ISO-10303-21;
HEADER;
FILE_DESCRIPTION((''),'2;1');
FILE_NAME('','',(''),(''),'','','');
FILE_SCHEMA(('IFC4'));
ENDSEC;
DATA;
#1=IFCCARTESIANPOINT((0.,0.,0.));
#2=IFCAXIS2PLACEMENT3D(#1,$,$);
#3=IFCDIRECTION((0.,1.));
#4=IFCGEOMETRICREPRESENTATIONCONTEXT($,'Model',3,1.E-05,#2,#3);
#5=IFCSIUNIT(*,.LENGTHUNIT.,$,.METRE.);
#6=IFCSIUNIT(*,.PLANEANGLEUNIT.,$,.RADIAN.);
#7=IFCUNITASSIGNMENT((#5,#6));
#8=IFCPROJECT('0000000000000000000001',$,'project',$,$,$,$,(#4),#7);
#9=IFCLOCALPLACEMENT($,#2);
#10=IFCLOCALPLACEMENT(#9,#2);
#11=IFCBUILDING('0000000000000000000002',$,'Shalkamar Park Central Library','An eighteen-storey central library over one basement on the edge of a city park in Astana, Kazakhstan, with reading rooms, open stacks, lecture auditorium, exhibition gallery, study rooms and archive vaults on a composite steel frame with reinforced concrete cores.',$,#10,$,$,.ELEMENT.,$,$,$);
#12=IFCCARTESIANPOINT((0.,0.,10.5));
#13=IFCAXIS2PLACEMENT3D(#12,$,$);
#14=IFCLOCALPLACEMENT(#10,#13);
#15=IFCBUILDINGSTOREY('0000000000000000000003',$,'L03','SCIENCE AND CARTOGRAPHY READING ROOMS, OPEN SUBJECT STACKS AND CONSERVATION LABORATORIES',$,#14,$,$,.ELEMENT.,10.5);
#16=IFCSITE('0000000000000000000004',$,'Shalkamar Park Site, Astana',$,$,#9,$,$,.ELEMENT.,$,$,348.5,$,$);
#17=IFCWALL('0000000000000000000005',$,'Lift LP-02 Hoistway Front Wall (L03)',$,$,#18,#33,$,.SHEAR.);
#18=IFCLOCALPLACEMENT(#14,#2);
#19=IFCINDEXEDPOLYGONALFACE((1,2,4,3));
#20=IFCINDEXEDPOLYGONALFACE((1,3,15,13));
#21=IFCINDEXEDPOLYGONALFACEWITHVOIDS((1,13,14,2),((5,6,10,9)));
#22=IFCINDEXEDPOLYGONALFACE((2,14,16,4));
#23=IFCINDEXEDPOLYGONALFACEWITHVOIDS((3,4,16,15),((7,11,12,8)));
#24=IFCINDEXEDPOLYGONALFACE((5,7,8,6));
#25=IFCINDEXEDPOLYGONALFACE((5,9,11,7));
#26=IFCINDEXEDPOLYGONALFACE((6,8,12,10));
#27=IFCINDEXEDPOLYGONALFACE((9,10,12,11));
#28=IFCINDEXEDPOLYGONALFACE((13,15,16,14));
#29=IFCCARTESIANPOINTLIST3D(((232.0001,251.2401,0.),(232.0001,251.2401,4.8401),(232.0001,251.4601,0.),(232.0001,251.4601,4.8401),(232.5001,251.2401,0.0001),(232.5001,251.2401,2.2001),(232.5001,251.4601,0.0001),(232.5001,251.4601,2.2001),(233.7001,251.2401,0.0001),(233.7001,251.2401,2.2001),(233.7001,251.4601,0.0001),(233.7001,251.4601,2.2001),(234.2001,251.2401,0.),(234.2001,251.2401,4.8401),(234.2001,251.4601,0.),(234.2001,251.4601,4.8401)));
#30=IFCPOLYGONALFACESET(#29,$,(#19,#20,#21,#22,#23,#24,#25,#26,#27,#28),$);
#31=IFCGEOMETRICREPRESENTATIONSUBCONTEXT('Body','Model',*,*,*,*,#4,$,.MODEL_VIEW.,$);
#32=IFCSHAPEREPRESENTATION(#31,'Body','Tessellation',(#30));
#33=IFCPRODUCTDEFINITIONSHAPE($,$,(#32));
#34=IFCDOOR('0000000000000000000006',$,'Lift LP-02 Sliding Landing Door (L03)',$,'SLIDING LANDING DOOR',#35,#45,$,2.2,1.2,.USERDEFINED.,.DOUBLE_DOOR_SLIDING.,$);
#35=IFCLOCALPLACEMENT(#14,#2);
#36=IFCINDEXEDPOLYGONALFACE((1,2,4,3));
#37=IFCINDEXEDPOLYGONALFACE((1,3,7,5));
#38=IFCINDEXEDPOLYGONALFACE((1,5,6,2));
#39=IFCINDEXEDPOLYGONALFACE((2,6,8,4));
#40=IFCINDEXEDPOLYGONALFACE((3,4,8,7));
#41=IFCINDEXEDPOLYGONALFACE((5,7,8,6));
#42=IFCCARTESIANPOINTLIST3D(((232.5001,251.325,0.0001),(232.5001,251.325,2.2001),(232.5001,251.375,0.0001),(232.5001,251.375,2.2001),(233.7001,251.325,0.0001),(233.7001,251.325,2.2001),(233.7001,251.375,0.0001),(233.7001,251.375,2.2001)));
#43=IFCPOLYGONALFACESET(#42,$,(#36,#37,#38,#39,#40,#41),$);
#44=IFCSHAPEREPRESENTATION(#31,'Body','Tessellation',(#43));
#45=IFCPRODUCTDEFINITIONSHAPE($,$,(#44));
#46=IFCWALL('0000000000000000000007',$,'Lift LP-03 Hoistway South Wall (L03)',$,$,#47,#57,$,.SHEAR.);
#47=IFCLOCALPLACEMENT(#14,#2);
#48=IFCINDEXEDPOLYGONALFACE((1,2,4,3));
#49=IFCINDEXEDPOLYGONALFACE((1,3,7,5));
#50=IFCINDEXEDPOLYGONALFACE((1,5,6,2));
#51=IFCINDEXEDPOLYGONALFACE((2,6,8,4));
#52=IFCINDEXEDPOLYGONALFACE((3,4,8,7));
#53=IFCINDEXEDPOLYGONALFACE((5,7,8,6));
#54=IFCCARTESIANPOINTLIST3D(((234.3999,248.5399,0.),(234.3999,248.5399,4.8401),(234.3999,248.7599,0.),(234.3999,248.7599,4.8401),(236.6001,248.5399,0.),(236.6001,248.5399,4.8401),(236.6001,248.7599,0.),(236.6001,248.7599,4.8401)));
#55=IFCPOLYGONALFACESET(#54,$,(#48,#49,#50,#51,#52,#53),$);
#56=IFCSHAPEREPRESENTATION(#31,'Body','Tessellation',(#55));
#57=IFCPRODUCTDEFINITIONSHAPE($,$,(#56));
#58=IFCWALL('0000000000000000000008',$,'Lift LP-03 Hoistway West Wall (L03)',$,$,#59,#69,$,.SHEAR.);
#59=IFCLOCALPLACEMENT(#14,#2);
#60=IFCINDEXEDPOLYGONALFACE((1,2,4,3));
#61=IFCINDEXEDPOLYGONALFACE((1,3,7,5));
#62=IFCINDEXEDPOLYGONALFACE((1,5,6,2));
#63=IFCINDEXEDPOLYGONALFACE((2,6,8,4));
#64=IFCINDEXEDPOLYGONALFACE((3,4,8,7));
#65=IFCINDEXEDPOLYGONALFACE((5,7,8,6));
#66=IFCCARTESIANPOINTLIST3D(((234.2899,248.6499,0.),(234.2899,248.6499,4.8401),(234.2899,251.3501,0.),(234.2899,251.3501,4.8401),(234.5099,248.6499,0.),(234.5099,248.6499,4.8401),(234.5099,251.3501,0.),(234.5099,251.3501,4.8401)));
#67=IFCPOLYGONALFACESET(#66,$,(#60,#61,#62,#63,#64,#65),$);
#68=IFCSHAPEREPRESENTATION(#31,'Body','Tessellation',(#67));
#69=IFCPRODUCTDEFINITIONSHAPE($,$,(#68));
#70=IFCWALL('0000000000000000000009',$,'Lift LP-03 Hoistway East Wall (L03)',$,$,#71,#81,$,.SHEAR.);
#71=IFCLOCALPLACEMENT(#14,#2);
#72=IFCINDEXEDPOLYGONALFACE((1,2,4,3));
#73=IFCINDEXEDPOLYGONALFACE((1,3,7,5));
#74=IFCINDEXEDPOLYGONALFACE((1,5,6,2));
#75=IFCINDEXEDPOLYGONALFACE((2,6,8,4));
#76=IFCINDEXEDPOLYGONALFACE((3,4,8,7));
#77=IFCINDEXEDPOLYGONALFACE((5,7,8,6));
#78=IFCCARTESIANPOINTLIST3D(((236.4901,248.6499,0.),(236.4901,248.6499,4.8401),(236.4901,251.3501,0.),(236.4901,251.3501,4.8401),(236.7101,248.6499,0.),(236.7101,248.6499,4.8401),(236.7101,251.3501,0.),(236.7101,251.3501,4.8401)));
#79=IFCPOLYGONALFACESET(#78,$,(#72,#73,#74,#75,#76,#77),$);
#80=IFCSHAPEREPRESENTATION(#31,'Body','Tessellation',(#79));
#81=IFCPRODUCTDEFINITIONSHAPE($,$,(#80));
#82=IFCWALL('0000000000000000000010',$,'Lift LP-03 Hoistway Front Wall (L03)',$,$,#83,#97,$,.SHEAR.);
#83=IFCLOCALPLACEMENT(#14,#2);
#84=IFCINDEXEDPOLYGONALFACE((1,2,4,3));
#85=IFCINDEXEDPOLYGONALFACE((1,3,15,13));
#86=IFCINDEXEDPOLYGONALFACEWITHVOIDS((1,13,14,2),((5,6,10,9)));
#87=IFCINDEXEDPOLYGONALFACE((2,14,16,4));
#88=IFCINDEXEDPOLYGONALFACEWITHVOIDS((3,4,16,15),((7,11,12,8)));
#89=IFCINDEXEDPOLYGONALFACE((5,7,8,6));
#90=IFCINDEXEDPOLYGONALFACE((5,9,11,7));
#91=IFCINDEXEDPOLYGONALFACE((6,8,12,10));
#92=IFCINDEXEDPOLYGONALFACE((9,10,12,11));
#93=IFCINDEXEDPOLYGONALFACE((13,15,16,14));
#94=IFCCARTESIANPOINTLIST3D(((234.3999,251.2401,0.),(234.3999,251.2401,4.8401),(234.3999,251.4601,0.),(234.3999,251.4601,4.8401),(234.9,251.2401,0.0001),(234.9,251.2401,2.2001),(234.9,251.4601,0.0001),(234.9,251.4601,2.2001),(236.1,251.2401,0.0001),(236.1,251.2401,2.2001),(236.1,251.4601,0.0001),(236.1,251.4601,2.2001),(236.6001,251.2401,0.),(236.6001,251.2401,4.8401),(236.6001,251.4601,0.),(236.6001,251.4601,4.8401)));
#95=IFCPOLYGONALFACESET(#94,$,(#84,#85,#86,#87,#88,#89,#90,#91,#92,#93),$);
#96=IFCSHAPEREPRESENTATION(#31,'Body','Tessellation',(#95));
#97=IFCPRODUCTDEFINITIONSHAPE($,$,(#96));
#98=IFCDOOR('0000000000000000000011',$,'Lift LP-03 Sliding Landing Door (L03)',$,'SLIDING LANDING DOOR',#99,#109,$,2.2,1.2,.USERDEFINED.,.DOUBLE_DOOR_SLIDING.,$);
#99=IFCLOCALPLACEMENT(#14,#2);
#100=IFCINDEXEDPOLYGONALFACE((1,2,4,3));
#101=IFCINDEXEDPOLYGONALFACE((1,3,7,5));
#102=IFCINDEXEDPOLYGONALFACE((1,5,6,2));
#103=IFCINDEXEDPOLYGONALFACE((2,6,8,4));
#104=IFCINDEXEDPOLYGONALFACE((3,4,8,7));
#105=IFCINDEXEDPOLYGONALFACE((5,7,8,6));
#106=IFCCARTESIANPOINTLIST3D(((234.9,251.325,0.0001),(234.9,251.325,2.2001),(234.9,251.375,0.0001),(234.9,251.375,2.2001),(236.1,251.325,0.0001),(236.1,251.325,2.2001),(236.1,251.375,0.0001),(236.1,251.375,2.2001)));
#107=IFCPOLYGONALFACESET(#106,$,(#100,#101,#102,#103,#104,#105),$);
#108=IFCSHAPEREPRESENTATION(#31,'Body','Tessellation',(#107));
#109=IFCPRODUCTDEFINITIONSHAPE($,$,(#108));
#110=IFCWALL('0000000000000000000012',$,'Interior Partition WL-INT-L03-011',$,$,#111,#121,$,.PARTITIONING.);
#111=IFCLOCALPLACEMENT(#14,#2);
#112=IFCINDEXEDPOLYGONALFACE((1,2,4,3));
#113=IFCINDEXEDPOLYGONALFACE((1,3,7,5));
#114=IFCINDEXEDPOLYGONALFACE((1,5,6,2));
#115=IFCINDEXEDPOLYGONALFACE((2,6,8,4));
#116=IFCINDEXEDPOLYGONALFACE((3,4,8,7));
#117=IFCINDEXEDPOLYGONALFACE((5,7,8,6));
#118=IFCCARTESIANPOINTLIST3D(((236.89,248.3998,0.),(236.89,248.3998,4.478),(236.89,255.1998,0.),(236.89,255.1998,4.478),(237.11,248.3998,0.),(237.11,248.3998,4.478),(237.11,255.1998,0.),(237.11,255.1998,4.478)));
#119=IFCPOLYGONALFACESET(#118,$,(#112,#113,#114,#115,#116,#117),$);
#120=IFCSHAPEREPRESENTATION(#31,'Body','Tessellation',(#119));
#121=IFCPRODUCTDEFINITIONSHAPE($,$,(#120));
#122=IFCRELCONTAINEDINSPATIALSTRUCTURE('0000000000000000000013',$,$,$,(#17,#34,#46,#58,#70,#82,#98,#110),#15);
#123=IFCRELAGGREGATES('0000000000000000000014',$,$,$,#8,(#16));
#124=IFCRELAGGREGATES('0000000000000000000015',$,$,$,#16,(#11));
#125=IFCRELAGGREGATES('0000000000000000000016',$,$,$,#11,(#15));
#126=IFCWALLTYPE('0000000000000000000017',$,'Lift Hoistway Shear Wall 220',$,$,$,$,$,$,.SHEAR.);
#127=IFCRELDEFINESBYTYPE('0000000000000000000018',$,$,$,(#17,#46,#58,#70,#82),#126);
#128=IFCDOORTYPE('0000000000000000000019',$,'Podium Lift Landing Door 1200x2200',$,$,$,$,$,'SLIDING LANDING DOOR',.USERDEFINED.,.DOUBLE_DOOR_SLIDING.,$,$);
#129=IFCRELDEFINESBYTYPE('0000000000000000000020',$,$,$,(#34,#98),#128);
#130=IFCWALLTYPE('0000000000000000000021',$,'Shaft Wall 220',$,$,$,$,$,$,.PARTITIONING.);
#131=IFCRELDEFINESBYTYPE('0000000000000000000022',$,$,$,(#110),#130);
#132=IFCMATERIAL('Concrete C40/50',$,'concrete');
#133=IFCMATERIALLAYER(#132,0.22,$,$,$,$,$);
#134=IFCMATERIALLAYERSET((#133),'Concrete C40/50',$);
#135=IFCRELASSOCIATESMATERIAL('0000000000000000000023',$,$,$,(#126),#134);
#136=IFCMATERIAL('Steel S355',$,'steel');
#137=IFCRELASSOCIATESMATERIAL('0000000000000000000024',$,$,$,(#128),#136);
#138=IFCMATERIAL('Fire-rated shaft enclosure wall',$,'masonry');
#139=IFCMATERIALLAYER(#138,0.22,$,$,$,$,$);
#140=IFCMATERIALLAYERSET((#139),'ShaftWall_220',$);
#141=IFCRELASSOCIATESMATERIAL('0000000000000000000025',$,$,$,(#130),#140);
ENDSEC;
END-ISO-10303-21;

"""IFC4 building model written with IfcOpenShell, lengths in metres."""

from ifc_helpers import new_model, si_unit, direction, frame, frame_2d, origin, place, context, subcontext, project, spatial, rectangle, extrude, material, layer, layer_set, type_object, element, fill, save


model = new_model("IFC4")

# Units and contexts
model_context = context("Model", 3, precision=1e-05, world=origin(), true_north=direction((0.0, 1.0)))
body_context = subcontext(model_context, "Body", "Model", "MODEL_VIEW")
ifc_project = project(units=[si_unit("LENGTHUNIT", "METRE"), si_unit("PLANEANGLEUNIT", "RADIAN")], contexts=[model_context])

# Site, building, storey
site_placement = place(None, origin())
site = spatial("IfcSite", under=ifc_project, at=site_placement, Name="Shalkamar Park Site, Astana", CompositionType="ELEMENT", RefElevation=348.5)
building_placement = place(site_placement, origin())
building = spatial("IfcBuilding", under=site, at=building_placement, Name="Shalkamar Park Central Library", Description="An eighteen-storey central library over one basement on the edge of a city park in Astana, Kazakhstan, with reading rooms, open stacks, lecture auditorium, exhibition gallery, study rooms and archive vaults on a composite steel frame with reinforced concrete cores.", CompositionType="ELEMENT")
storey_placement = place(building_placement, frame((0.0, 0.0, 10.5)))
storey = spatial("IfcBuildingStorey", under=building, at=storey_placement, Name="L03", Description="SCIENCE AND CARTOGRAPHY READING ROOMS, OPEN SUBJECT STACKS AND CONSERVATION LABORATORIES", CompositionType="ELEMENT", Elevation=10.5)

# Shared definitions
ifc_material_1 = material(Name="Steel S355", Category="steel")

# Shared definitions
ifc_material_2 = material(Name="Concrete C40/50", Category="concrete")
ifc_layer_1 = layer(ifc_material_2, 0.22)
ifc_layer_set_1 = layer_set([ifc_layer_1], Name="Concrete C40/50")
wall_type_1 = type_object("IfcWallType", Name="Lift Hoistway Shear Wall 220", PredefinedType="SHEAR", material=ifc_layer_set_1)

# Shared definitions
door_type_1 = type_object("IfcDoorType", Name="Podium Lift Landing Door 1200x2200", ElementType="SLIDING LANDING DOOR", OperationType="DOUBLE_DOOR_SLIDING", PredefinedType="USERDEFINED", material=ifc_material_1)

# Wall, opening, door
wall_1_placement = place(storey_placement, frame((232.0, 251.3501, 0.0), z_axis=(0.0, 0.0, 1.0), x_axis=(1.0, 0.0, 0.0)))
wall_1 = element("IfcWall", 1, at=wall_1_placement, inside=storey, type_object=wall_type_1, Name="Lift LP-02 Hoistway Front Wall (L03)", PredefinedType="SHEAR", context=body_context, shape_type="SweptSolid", body=[
    extrude(rectangle(XDim=2.2, YDim=0.22, at=frame_2d((1.1001, 0.0))), origin(), (0.0, 0.0, 1.0), 4.8401),
])
opening_1_placement = place(wall_1_placement, frame((0.5, 0.0, 0.0)))
opening_1 = element("IfcOpeningElement", 2, at=opening_1_placement, cuts=wall_1, PredefinedType="OPENING", context=body_context, shape_type="SweptSolid", body=[
    extrude(rectangle(XDim=1.2, YDim=2.2, at=frame_2d((0.6001, 1.1001))), frame((0.0, 0.125, 0.0), z_axis=(0.0, -1.0, 0.0), x_axis=(1.0, 0.0, 0.0)), (0.0, 0.0, 1.0), 0.2498),
])
door_1_placement = place(opening_1_placement, origin())
door_1 = element("IfcDoor", 3, at=door_1_placement, inside=storey, type_object=door_type_1, Name="Lift LP-02 Sliding Landing Door (L03)", ObjectType="SLIDING LANDING DOOR", OperationType="DOUBLE_DOOR_SLIDING", OverallHeight=2.2, OverallWidth=1.2, PredefinedType="USERDEFINED", context=body_context, shape_type="SweptSolid", body=[
    extrude(rectangle(XDim=1.2, YDim=2.2, at=frame_2d((0.6001, 1.1001))), frame((0.0, 0.0249, 0.0), z_axis=(0.0, -1.0, 0.0), x_axis=(1.0, 0.0, 0.0)), (0.0, 0.0, 1.0), 0.05),
])
fill(opening_1, door_1)

# Walls
wall_2_placement = place(storey_placement, frame((234.3999, 248.6499, 0.0), z_axis=(0.0, 0.0, 1.0), x_axis=(1.0, 0.0, 0.0)))
element("IfcWall", 4, at=wall_2_placement, inside=storey, type_object=wall_type_1, Name="Lift LP-03 Hoistway South Wall (L03)", PredefinedType="SHEAR", context=body_context, shape_type="SweptSolid", body=[
    extrude(rectangle(XDim=2.2002, YDim=0.22, at=frame_2d((1.1001, 0.0))), origin(), (0.0, 0.0, 1.0), 4.8401),
])
for number, where, z_axis, x_axis, name in (
    (5, (234.3999, 248.6499, 0.0), (0.0, 0.0, 1.0), (0.0, 1.0, 0.0), "Lift LP-03 Hoistway West Wall (L03)"),
    (6, (236.6001, 248.6499, 0.0), (0.0, 0.0, 1.0), (0.0, 1.0, 0.0), "Lift LP-03 Hoistway East Wall (L03)"),
):
    element("IfcWall", number, at=place(storey_placement, frame(where, z_axis=z_axis, x_axis=x_axis)), inside=storey, type_object=wall_type_1, Name=name, PredefinedType="SHEAR", context=body_context, shape_type="SweptSolid", body=[
        extrude(rectangle(XDim=2.7002, YDim=0.22, at=frame_2d((1.3501, 0.0))), origin(), (0.0, 0.0, 1.0), 4.8401),
    ])

# Wall, opening, door
wall_3_placement = place(storey_placement, frame((234.3999, 251.3501, 0.0), z_axis=(0.0, 0.0, 1.0), x_axis=(1.0, 0.0, 0.0)))
wall_3 = element("IfcWall", 7, at=wall_3_placement, inside=storey, type_object=wall_type_1, Name="Lift LP-03 Hoistway Front Wall (L03)", PredefinedType="SHEAR", context=body_context, shape_type="SweptSolid", body=[
    extrude(rectangle(XDim=2.2002, YDim=0.22, at=frame_2d((1.1001, 0.0))), origin(), (0.0, 0.0, 1.0), 4.8401),
])
opening_2_placement = place(wall_3_placement, frame((0.5, 0.0, 0.0)))
opening_2 = element("IfcOpeningElement", 8, at=opening_2_placement, cuts=wall_3, PredefinedType="OPENING", context=body_context, shape_type="SweptSolid", body=[
    extrude(rectangle(XDim=1.2, YDim=2.2, at=frame_2d((0.6001, 1.1001))), frame((0.0, 0.125, 0.0), z_axis=(0.0, -1.0, 0.0), x_axis=(1.0, 0.0, 0.0)), (0.0, 0.0, 1.0), 0.2498),
])
door_2_placement = place(opening_2_placement, origin())
door_2 = element("IfcDoor", 9, at=door_2_placement, inside=storey, type_object=door_type_1, Name="Lift LP-03 Sliding Landing Door (L03)", ObjectType="SLIDING LANDING DOOR", OperationType="DOUBLE_DOOR_SLIDING", OverallHeight=2.2, OverallWidth=1.2, PredefinedType="USERDEFINED", context=body_context, shape_type="SweptSolid", body=[
    extrude(rectangle(XDim=1.2, YDim=2.2, at=frame_2d((0.6001, 1.1001))), frame((0.0, 0.0249, 0.0), z_axis=(0.0, -1.0, 0.0), x_axis=(1.0, 0.0, 0.0)), (0.0, 0.0, 1.0), 0.05),
])
fill(opening_2, door_2)

# Wall
ifc_material_3 = material(Name="Fire-rated shaft enclosure wall", Category="masonry")
ifc_layer_2 = layer(ifc_material_3, 0.22)
ifc_layer_set_2 = layer_set([ifc_layer_2], Name="ShaftWall_220")
wall_type_2 = type_object("IfcWallType", Name="Shaft Wall 220", PredefinedType="PARTITIONING", material=ifc_layer_set_2)
wall_4_placement = place(storey_placement, frame((237.0, 248.3999, 0.0), z_axis=(0.0, 0.0, 1.0), x_axis=(0.0, 1.0, 0.0)))
element("IfcWall", 10, at=wall_4_placement, inside=storey, type_object=wall_type_2, Name="Interior Partition WL-INT-L03-011", PredefinedType="PARTITIONING", context=body_context, shape_type="SweptSolid", body=[
    extrude(rectangle(XDim=6.8, YDim=0.22, at=frame_2d((3.3999, 0.0))), origin(), (0.0, 0.0, 1.0), 4.478),
])

save(model, "model.ifc")
